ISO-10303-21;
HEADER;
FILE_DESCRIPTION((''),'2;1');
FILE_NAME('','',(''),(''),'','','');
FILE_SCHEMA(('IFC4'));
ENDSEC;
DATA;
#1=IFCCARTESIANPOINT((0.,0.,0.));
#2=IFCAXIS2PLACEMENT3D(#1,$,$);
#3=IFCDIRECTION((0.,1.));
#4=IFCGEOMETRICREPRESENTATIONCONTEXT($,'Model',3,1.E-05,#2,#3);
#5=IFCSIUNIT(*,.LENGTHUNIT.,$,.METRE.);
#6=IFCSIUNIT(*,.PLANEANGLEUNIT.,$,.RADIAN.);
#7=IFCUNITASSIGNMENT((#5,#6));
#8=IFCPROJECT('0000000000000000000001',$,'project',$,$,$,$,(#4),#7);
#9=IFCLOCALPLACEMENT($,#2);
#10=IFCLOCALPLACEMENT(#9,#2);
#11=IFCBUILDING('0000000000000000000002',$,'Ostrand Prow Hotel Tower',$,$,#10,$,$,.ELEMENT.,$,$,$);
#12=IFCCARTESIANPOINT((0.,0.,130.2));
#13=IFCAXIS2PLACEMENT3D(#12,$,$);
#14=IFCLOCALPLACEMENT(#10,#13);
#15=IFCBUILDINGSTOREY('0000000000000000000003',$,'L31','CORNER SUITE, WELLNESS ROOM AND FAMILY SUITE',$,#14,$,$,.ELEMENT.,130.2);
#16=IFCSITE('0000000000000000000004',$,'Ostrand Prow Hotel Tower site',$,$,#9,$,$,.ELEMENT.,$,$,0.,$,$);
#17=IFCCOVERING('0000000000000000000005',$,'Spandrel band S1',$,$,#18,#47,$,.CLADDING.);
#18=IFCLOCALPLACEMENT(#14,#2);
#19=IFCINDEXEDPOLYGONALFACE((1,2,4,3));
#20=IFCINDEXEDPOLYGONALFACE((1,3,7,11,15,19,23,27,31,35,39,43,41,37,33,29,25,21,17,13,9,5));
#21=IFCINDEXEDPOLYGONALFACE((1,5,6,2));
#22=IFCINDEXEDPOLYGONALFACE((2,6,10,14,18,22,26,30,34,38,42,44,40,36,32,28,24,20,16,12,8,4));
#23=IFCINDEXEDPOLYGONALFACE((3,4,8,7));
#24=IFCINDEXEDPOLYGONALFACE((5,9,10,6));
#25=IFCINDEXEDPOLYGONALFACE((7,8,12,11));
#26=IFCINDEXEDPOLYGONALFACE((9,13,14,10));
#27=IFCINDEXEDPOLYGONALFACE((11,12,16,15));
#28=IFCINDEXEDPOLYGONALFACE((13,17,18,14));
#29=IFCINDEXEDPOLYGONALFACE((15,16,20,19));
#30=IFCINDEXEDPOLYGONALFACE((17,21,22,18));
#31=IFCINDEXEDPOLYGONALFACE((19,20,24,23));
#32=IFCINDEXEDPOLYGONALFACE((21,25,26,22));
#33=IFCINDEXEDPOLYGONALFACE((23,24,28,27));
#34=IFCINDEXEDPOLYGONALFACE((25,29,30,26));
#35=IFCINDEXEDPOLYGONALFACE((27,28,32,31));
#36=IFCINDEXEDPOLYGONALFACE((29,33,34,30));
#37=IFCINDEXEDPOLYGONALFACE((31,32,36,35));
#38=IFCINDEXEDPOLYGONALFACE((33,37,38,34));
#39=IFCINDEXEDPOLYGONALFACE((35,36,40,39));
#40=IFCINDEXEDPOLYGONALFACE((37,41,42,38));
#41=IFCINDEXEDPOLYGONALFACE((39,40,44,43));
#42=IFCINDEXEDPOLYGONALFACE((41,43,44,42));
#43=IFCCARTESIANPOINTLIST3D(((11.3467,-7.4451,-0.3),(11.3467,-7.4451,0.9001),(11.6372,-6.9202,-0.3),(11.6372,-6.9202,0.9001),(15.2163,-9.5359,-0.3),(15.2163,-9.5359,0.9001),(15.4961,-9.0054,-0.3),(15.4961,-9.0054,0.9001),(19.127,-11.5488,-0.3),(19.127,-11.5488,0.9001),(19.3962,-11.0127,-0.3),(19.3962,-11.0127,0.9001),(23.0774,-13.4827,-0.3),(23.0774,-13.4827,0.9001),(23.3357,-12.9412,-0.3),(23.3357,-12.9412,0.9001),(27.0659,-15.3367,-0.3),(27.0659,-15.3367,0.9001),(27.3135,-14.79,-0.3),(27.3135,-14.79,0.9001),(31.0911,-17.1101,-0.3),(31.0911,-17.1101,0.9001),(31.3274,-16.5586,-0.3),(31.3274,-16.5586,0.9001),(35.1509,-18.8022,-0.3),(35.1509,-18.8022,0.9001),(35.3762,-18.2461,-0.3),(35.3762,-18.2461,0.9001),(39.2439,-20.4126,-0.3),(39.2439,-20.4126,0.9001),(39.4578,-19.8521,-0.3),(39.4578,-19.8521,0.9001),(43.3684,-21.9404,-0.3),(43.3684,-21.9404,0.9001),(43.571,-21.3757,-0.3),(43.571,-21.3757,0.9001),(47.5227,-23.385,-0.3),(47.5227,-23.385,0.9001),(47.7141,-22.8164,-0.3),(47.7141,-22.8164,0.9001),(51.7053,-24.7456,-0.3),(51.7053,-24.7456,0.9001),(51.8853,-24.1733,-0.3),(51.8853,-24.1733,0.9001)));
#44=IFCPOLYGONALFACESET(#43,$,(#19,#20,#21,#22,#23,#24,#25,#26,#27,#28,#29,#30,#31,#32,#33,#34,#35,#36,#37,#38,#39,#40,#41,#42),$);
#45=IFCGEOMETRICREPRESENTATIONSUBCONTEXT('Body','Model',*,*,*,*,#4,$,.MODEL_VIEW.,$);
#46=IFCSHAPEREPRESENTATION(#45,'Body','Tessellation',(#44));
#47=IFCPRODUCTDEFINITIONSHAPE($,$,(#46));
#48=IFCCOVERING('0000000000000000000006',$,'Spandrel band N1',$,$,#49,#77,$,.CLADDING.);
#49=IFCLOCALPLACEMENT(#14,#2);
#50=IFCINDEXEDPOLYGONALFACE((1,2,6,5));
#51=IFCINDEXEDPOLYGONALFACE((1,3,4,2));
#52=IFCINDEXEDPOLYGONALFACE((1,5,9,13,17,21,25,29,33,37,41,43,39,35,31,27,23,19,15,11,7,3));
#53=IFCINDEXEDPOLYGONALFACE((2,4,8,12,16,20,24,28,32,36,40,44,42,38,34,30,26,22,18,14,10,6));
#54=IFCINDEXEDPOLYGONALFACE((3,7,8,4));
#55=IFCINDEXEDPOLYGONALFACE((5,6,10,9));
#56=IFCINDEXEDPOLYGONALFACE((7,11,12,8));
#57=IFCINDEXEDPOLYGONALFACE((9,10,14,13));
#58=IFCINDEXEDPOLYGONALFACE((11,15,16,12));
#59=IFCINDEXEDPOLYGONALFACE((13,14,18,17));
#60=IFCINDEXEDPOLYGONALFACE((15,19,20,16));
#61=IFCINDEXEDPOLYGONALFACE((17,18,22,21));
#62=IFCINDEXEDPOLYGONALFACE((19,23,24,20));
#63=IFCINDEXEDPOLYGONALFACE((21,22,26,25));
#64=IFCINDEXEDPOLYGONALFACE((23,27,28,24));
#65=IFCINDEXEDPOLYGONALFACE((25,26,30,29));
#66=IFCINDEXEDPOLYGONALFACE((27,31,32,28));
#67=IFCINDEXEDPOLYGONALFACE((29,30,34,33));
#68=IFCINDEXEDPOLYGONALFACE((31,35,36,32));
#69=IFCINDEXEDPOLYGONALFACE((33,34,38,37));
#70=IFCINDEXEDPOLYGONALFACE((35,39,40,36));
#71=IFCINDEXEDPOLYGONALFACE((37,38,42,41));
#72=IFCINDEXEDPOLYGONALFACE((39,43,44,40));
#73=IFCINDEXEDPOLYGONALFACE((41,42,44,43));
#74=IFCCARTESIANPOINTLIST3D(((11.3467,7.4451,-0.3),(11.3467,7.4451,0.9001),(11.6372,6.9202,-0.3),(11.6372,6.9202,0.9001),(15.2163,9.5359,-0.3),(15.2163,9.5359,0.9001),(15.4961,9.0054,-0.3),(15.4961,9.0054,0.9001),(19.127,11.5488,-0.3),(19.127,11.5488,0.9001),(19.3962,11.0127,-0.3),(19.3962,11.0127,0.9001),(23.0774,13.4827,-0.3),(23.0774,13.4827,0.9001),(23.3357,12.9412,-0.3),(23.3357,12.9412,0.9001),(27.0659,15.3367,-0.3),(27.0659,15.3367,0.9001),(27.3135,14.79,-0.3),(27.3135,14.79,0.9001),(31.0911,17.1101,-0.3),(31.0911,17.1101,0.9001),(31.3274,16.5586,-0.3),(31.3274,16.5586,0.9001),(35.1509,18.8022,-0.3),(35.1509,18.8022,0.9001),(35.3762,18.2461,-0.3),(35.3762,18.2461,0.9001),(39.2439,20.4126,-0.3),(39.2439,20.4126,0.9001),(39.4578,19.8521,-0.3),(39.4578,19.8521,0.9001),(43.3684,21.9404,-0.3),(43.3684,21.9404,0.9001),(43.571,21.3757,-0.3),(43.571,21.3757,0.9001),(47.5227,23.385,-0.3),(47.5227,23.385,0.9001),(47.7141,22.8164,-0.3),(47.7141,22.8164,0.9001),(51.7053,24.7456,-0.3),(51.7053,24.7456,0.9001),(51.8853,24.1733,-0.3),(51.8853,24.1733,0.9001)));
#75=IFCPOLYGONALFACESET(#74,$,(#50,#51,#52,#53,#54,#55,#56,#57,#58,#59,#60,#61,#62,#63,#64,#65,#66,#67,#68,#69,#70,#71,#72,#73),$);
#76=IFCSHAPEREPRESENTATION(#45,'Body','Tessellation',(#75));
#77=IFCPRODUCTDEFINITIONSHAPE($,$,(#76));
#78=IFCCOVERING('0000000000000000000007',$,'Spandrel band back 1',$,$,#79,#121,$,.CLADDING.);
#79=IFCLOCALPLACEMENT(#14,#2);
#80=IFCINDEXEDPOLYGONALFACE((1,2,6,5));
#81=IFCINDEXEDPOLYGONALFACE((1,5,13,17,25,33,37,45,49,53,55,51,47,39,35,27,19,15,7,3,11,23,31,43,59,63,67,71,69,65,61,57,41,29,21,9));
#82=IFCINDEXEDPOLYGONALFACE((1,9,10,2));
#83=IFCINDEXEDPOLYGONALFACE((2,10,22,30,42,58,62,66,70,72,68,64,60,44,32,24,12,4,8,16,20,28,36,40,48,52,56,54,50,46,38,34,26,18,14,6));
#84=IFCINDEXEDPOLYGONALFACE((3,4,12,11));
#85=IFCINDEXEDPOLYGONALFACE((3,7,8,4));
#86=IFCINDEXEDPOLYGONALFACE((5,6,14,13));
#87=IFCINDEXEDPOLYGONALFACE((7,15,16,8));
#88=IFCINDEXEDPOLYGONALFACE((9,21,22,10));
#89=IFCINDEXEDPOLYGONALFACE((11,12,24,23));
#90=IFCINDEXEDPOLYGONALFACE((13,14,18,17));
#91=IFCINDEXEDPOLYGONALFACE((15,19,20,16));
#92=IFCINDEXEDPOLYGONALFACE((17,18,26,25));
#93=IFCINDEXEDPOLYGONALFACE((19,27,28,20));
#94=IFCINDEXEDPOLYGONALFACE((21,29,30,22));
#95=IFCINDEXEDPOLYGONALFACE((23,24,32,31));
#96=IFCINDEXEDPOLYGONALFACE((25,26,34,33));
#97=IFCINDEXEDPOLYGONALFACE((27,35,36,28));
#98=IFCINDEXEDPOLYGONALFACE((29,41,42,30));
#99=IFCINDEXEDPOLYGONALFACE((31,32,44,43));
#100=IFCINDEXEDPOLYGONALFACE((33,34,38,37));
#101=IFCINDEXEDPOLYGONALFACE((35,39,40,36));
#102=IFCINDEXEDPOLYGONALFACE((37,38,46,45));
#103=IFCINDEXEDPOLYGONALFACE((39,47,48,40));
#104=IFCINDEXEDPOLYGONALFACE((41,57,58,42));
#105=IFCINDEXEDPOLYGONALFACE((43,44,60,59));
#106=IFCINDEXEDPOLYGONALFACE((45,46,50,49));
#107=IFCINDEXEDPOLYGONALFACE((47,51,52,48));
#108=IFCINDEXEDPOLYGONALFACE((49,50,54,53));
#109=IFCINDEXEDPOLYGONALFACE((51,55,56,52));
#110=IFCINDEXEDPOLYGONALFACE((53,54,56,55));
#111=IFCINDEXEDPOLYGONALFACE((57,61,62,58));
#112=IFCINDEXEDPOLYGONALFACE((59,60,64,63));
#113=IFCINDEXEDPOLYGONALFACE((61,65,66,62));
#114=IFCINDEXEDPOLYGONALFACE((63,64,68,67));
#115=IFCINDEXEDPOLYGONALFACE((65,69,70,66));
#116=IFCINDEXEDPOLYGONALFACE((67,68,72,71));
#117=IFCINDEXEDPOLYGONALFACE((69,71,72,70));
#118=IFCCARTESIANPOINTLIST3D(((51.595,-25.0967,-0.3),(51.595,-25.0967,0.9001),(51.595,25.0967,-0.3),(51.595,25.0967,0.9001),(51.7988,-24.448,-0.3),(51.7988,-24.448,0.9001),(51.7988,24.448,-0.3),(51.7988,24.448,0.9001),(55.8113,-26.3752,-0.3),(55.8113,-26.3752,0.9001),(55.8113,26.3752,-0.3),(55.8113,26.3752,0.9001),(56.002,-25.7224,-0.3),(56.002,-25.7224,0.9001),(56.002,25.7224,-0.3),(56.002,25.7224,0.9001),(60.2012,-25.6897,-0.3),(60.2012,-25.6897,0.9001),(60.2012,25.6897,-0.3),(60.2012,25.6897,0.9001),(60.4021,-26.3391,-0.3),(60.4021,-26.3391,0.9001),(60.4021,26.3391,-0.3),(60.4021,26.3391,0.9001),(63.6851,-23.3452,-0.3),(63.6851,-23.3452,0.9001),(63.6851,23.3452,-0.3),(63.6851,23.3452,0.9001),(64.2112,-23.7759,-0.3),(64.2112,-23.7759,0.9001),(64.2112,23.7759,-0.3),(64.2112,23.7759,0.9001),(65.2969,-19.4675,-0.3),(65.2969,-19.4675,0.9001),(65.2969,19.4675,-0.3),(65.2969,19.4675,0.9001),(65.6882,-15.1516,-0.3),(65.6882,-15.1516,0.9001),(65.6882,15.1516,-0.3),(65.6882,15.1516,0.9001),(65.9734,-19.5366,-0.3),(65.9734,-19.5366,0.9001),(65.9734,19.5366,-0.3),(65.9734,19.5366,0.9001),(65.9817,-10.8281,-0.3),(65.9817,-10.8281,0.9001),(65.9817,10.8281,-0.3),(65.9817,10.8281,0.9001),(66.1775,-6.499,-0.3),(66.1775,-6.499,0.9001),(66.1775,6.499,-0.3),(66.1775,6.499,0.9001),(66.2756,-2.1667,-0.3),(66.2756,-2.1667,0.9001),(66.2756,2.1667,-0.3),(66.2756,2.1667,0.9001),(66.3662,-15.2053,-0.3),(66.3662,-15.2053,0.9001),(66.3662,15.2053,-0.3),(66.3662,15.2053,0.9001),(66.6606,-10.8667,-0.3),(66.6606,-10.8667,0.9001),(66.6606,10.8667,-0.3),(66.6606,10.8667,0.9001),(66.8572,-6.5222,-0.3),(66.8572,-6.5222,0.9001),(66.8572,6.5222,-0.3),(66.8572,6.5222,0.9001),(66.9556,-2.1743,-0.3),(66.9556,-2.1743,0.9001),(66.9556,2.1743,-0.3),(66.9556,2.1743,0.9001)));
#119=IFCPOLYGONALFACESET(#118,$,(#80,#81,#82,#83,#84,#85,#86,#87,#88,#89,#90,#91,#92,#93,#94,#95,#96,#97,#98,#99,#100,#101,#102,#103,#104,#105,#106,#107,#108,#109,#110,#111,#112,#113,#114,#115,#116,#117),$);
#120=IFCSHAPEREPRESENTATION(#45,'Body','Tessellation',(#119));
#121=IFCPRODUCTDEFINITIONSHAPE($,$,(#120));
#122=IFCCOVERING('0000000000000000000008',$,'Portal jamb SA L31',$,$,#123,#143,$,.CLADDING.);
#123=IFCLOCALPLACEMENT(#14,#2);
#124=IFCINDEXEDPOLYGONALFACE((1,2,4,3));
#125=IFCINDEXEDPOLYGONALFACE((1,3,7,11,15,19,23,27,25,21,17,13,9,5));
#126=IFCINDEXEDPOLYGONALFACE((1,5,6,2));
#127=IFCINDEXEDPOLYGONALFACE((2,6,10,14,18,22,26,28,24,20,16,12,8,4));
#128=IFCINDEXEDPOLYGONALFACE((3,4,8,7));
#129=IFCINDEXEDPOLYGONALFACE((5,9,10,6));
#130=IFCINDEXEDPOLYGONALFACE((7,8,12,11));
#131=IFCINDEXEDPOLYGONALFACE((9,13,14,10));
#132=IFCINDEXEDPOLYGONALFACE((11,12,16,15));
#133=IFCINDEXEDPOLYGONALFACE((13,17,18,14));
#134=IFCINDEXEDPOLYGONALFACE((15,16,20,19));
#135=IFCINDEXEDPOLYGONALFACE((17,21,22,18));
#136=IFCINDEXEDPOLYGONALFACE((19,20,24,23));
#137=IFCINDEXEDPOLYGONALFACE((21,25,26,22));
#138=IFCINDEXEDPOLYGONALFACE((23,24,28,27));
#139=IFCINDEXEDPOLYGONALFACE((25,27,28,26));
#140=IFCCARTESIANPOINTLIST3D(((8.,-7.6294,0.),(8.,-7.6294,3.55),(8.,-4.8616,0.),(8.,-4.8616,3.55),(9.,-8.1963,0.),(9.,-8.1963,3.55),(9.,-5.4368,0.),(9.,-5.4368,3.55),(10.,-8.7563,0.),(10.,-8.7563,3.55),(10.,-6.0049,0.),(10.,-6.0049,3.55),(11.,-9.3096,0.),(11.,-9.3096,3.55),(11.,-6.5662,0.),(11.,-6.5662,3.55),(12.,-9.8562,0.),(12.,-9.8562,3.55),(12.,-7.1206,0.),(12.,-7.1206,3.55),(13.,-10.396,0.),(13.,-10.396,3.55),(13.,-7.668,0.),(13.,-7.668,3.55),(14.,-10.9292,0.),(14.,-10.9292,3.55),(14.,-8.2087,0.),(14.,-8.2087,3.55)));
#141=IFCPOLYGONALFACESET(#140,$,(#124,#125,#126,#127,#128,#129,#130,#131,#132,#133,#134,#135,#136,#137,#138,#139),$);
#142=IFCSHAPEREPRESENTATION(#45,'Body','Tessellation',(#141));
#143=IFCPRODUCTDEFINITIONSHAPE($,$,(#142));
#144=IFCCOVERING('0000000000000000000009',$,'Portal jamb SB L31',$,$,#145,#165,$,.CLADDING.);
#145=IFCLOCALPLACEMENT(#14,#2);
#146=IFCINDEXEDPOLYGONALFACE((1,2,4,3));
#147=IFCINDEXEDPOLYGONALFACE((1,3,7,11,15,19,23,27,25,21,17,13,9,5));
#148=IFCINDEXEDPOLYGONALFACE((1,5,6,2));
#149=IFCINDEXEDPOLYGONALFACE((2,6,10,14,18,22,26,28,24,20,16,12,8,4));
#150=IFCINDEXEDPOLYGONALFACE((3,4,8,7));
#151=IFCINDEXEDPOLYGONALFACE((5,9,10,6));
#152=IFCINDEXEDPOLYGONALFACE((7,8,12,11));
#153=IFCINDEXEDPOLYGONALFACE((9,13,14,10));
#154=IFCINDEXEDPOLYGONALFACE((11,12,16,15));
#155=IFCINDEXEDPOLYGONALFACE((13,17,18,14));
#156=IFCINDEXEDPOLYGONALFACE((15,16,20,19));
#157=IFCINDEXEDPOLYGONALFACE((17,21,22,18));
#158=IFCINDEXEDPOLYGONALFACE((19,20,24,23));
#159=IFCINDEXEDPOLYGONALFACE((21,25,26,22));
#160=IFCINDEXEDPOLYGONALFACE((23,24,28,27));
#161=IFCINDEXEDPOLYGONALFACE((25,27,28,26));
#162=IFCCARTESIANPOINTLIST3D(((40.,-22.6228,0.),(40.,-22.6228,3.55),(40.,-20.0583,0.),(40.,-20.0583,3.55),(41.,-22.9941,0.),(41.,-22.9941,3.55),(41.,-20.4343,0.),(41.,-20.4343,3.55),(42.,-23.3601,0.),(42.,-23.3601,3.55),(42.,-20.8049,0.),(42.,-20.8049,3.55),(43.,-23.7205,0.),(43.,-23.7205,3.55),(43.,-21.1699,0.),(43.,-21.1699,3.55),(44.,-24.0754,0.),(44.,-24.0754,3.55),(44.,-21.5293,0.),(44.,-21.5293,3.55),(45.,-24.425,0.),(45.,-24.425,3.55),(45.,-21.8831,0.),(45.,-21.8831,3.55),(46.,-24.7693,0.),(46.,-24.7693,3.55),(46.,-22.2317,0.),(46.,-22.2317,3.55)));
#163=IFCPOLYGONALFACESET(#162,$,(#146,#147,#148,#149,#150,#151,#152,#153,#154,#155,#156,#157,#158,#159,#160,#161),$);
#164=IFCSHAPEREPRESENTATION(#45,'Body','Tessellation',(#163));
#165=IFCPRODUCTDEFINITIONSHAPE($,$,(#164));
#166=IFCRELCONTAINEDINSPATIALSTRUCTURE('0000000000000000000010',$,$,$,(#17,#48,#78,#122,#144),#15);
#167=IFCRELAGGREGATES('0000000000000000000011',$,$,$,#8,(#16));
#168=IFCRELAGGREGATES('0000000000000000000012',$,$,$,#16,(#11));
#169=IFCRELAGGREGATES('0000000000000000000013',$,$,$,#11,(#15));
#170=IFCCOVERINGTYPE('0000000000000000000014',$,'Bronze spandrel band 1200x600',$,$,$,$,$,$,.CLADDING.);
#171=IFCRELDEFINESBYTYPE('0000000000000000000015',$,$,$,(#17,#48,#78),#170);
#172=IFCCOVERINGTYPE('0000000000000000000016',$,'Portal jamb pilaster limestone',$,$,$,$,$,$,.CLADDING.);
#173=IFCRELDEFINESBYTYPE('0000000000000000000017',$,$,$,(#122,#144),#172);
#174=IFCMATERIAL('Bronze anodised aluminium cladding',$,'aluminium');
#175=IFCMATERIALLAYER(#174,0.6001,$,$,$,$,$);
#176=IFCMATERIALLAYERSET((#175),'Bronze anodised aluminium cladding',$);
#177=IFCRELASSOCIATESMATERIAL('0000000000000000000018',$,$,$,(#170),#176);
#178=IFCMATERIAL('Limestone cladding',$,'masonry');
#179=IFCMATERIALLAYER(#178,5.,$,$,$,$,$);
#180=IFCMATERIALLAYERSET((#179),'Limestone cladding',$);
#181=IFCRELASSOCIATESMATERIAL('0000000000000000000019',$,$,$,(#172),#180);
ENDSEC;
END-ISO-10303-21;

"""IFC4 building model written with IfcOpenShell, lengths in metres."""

from ifc_helpers import new_model, si_unit, direction, frame, origin, place, context, subcontext, project, spatial, polyline, outline, extrude, material, layer, layer_set, type_object, element, save


model = new_model("IFC4")

# Units and contexts
model_context = context("Model", 3, precision=1e-05, world=origin(), true_north=direction((0.0, 1.0)))
body_context = subcontext(model_context, "Body", "Model", "MODEL_VIEW")
ifc_project = project(units=[si_unit("LENGTHUNIT", "METRE"), si_unit("PLANEANGLEUNIT", "RADIAN")], contexts=[model_context])

# Site, building, storey
site_placement = place(None, origin())
site = spatial("IfcSite", under=ifc_project, at=site_placement, Name="Ostrand Prow Hotel Tower site", CompositionType="ELEMENT", RefElevation=0.0)
building_placement = place(site_placement, origin())
building = spatial("IfcBuilding", under=site, at=building_placement, Name="Ostrand Prow Hotel Tower", CompositionType="ELEMENT")
storey_placement = place(building_placement, frame((0.0, 0.0, 130.2)))
storey = spatial("IfcBuildingStorey", under=building, at=storey_placement, Name="L31", Description="CORNER SUITE, WELLNESS ROOM AND FAMILY SUITE", CompositionType="ELEMENT", Elevation=130.2)

# Coverings
ifc_material_1 = material(Name="Bronze anodised aluminium cladding", Category="aluminium")
ifc_layer_1 = layer(ifc_material_1, 0.6001)
ifc_layer_set_1 = layer_set([ifc_layer_1], Name="Bronze anodised aluminium cladding")
covering_type_1 = type_object("IfcCoveringType", Name="Bronze spandrel band 1200x600", PredefinedType="CLADDING", material=ifc_layer_set_1)
covering_1_placement = place(storey_placement, frame((0.0, 0.0, -0.3)))
element("IfcCovering", 1, at=covering_1_placement, inside=storey, type_object=covering_type_1, Name="Spandrel band S1", PredefinedType="CLADDING", context=body_context, shape_type="SweptSolid", body=[
    extrude(outline(polyline([(11.3467, -7.4451), (15.2163, -9.5359), (19.127, -11.5488), (23.0774, -13.4827), (27.0659, -15.3367), (31.0911, -17.1101), (35.1509, -18.8022), (39.2439, -20.4126), (43.3684, -21.9404), (47.5227, -23.385), (51.7053, -24.7456), (51.8853, -24.1733), (47.7141, -22.8164), (43.571, -21.3757), (39.4578, -19.8521), (35.3762, -18.2461), (31.3274, -16.5586), (27.3135, -14.79), (23.3357, -12.9412), (19.3962, -11.0127), (15.4961, -9.0054), (11.6372, -6.9202), (11.3467, -7.4451)])), origin(), (0.0, 0.0, 1.0), 1.2002),
])
covering_2_placement = place(storey_placement, frame((0.0, 0.0, -0.3)))
element("IfcCovering", 2, at=covering_2_placement, inside=storey, type_object=covering_type_1, Name="Spandrel band N1", PredefinedType="CLADDING", context=body_context, shape_type="SweptSolid", body=[
    extrude(outline(polyline([(51.7053, 24.7456), (47.5227, 23.385), (43.3684, 21.9404), (39.2439, 20.4126), (35.1509, 18.8022), (31.0911, 17.1101), (27.0659, 15.3367), (23.0774, 13.4827), (19.127, 11.5488), (15.2163, 9.5359), (11.3467, 7.4451), (11.6372, 6.9202), (15.4961, 9.0054), (19.3962, 11.0127), (23.3357, 12.9412), (27.3135, 14.79), (31.3274, 16.5586), (35.3762, 18.2461), (39.4578, 19.8521), (43.571, 21.3757), (47.7141, 22.8164), (51.8853, 24.1733), (51.7053, 24.7456)])), origin(), (0.0, 0.0, 1.0), 1.2002),
])
covering_3_placement = place(storey_placement, frame((0.0, 0.0, -0.3)))
element("IfcCovering", 3, at=covering_3_placement, inside=storey, type_object=covering_type_1, Name="Spandrel band back 1", PredefinedType="CLADDING", context=body_context, shape_type="SweptSolid", body=[
    extrude(outline(polyline([(51.595, -25.0967), (55.8113, -26.3752), (60.4021, -26.3391), (64.2112, -23.7759), (65.9734, -19.5366), (66.3662, -15.2053), (66.6606, -10.8667), (66.8572, -6.5222), (66.9556, -2.1743), (66.9556, 2.1743), (66.8572, 6.5222), (66.6606, 10.8667), (66.3662, 15.2053), (65.9734, 19.5366), (64.2112, 23.7759), (60.4021, 26.3391), (55.8113, 26.3752), (51.595, 25.0967), (51.7988, 24.448), (56.002, 25.7224), (60.2012, 25.6897), (63.6851, 23.3452), (65.2969, 19.4675), (65.6882, 15.1516), (65.9817, 10.8281), (66.1775, 6.499), (66.2756, 2.1667), (66.2756, -2.1667), (66.1775, -6.499), (65.9817, -10.8281), (65.6882, -15.1516), (65.2969, -19.4675), (63.6851, -23.3452), (60.2012, -25.6897), (56.002, -25.7224), (51.7988, -24.448), (51.595, -25.0967)])), origin(), (0.0, 0.0, 1.0), 1.2002),
])
ifc_material_2 = material(Name="Limestone cladding", Category="masonry")
ifc_layer_2 = layer(ifc_material_2, 5.0)
ifc_layer_set_2 = layer_set([ifc_layer_2], Name="Limestone cladding")
covering_type_2 = type_object("IfcCoveringType", Name="Portal jamb pilaster limestone", PredefinedType="CLADDING", material=ifc_layer_set_2)
covering_4_placement = place(storey_placement, origin())
element("IfcCovering", 4, at=covering_4_placement, inside=storey, type_object=covering_type_2, Name="Portal jamb SA L31", PredefinedType="CLADDING", context=body_context, shape_type="SweptSolid", body=[
    extrude(outline(polyline([(8.0, -4.8616), (8.0, -7.6294), (9.0, -8.1963), (10.0, -8.7563), (11.0, -9.3096), (12.0, -9.8562), (13.0, -10.396), (14.0, -10.9292), (14.0, -8.2087), (13.0, -7.668), (12.0, -7.1206), (11.0, -6.5662), (10.0, -6.0049), (9.0, -5.4368), (8.0, -4.8616)])), origin(), (0.0, 0.0, 1.0), 3.55),
])
covering_5_placement = place(storey_placement, origin())
element("IfcCovering", 5, at=covering_5_placement, inside=storey, type_object=covering_type_2, Name="Portal jamb SB L31", PredefinedType="CLADDING", context=body_context, shape_type="SweptSolid", body=[
    extrude(outline(polyline([(40.0, -20.0583), (40.0, -22.6228), (41.0, -22.9941), (42.0, -23.3601), (43.0, -23.7205), (44.0, -24.0754), (45.0, -24.425), (46.0, -24.7693), (46.0, -22.2317), (45.0, -21.8831), (44.0, -21.5293), (43.0, -21.1699), (42.0, -20.8049), (41.0, -20.4343), (40.0, -20.0583)])), origin(), (0.0, 0.0, 1.0), 3.55),
])

save(model, "model.ifc")
